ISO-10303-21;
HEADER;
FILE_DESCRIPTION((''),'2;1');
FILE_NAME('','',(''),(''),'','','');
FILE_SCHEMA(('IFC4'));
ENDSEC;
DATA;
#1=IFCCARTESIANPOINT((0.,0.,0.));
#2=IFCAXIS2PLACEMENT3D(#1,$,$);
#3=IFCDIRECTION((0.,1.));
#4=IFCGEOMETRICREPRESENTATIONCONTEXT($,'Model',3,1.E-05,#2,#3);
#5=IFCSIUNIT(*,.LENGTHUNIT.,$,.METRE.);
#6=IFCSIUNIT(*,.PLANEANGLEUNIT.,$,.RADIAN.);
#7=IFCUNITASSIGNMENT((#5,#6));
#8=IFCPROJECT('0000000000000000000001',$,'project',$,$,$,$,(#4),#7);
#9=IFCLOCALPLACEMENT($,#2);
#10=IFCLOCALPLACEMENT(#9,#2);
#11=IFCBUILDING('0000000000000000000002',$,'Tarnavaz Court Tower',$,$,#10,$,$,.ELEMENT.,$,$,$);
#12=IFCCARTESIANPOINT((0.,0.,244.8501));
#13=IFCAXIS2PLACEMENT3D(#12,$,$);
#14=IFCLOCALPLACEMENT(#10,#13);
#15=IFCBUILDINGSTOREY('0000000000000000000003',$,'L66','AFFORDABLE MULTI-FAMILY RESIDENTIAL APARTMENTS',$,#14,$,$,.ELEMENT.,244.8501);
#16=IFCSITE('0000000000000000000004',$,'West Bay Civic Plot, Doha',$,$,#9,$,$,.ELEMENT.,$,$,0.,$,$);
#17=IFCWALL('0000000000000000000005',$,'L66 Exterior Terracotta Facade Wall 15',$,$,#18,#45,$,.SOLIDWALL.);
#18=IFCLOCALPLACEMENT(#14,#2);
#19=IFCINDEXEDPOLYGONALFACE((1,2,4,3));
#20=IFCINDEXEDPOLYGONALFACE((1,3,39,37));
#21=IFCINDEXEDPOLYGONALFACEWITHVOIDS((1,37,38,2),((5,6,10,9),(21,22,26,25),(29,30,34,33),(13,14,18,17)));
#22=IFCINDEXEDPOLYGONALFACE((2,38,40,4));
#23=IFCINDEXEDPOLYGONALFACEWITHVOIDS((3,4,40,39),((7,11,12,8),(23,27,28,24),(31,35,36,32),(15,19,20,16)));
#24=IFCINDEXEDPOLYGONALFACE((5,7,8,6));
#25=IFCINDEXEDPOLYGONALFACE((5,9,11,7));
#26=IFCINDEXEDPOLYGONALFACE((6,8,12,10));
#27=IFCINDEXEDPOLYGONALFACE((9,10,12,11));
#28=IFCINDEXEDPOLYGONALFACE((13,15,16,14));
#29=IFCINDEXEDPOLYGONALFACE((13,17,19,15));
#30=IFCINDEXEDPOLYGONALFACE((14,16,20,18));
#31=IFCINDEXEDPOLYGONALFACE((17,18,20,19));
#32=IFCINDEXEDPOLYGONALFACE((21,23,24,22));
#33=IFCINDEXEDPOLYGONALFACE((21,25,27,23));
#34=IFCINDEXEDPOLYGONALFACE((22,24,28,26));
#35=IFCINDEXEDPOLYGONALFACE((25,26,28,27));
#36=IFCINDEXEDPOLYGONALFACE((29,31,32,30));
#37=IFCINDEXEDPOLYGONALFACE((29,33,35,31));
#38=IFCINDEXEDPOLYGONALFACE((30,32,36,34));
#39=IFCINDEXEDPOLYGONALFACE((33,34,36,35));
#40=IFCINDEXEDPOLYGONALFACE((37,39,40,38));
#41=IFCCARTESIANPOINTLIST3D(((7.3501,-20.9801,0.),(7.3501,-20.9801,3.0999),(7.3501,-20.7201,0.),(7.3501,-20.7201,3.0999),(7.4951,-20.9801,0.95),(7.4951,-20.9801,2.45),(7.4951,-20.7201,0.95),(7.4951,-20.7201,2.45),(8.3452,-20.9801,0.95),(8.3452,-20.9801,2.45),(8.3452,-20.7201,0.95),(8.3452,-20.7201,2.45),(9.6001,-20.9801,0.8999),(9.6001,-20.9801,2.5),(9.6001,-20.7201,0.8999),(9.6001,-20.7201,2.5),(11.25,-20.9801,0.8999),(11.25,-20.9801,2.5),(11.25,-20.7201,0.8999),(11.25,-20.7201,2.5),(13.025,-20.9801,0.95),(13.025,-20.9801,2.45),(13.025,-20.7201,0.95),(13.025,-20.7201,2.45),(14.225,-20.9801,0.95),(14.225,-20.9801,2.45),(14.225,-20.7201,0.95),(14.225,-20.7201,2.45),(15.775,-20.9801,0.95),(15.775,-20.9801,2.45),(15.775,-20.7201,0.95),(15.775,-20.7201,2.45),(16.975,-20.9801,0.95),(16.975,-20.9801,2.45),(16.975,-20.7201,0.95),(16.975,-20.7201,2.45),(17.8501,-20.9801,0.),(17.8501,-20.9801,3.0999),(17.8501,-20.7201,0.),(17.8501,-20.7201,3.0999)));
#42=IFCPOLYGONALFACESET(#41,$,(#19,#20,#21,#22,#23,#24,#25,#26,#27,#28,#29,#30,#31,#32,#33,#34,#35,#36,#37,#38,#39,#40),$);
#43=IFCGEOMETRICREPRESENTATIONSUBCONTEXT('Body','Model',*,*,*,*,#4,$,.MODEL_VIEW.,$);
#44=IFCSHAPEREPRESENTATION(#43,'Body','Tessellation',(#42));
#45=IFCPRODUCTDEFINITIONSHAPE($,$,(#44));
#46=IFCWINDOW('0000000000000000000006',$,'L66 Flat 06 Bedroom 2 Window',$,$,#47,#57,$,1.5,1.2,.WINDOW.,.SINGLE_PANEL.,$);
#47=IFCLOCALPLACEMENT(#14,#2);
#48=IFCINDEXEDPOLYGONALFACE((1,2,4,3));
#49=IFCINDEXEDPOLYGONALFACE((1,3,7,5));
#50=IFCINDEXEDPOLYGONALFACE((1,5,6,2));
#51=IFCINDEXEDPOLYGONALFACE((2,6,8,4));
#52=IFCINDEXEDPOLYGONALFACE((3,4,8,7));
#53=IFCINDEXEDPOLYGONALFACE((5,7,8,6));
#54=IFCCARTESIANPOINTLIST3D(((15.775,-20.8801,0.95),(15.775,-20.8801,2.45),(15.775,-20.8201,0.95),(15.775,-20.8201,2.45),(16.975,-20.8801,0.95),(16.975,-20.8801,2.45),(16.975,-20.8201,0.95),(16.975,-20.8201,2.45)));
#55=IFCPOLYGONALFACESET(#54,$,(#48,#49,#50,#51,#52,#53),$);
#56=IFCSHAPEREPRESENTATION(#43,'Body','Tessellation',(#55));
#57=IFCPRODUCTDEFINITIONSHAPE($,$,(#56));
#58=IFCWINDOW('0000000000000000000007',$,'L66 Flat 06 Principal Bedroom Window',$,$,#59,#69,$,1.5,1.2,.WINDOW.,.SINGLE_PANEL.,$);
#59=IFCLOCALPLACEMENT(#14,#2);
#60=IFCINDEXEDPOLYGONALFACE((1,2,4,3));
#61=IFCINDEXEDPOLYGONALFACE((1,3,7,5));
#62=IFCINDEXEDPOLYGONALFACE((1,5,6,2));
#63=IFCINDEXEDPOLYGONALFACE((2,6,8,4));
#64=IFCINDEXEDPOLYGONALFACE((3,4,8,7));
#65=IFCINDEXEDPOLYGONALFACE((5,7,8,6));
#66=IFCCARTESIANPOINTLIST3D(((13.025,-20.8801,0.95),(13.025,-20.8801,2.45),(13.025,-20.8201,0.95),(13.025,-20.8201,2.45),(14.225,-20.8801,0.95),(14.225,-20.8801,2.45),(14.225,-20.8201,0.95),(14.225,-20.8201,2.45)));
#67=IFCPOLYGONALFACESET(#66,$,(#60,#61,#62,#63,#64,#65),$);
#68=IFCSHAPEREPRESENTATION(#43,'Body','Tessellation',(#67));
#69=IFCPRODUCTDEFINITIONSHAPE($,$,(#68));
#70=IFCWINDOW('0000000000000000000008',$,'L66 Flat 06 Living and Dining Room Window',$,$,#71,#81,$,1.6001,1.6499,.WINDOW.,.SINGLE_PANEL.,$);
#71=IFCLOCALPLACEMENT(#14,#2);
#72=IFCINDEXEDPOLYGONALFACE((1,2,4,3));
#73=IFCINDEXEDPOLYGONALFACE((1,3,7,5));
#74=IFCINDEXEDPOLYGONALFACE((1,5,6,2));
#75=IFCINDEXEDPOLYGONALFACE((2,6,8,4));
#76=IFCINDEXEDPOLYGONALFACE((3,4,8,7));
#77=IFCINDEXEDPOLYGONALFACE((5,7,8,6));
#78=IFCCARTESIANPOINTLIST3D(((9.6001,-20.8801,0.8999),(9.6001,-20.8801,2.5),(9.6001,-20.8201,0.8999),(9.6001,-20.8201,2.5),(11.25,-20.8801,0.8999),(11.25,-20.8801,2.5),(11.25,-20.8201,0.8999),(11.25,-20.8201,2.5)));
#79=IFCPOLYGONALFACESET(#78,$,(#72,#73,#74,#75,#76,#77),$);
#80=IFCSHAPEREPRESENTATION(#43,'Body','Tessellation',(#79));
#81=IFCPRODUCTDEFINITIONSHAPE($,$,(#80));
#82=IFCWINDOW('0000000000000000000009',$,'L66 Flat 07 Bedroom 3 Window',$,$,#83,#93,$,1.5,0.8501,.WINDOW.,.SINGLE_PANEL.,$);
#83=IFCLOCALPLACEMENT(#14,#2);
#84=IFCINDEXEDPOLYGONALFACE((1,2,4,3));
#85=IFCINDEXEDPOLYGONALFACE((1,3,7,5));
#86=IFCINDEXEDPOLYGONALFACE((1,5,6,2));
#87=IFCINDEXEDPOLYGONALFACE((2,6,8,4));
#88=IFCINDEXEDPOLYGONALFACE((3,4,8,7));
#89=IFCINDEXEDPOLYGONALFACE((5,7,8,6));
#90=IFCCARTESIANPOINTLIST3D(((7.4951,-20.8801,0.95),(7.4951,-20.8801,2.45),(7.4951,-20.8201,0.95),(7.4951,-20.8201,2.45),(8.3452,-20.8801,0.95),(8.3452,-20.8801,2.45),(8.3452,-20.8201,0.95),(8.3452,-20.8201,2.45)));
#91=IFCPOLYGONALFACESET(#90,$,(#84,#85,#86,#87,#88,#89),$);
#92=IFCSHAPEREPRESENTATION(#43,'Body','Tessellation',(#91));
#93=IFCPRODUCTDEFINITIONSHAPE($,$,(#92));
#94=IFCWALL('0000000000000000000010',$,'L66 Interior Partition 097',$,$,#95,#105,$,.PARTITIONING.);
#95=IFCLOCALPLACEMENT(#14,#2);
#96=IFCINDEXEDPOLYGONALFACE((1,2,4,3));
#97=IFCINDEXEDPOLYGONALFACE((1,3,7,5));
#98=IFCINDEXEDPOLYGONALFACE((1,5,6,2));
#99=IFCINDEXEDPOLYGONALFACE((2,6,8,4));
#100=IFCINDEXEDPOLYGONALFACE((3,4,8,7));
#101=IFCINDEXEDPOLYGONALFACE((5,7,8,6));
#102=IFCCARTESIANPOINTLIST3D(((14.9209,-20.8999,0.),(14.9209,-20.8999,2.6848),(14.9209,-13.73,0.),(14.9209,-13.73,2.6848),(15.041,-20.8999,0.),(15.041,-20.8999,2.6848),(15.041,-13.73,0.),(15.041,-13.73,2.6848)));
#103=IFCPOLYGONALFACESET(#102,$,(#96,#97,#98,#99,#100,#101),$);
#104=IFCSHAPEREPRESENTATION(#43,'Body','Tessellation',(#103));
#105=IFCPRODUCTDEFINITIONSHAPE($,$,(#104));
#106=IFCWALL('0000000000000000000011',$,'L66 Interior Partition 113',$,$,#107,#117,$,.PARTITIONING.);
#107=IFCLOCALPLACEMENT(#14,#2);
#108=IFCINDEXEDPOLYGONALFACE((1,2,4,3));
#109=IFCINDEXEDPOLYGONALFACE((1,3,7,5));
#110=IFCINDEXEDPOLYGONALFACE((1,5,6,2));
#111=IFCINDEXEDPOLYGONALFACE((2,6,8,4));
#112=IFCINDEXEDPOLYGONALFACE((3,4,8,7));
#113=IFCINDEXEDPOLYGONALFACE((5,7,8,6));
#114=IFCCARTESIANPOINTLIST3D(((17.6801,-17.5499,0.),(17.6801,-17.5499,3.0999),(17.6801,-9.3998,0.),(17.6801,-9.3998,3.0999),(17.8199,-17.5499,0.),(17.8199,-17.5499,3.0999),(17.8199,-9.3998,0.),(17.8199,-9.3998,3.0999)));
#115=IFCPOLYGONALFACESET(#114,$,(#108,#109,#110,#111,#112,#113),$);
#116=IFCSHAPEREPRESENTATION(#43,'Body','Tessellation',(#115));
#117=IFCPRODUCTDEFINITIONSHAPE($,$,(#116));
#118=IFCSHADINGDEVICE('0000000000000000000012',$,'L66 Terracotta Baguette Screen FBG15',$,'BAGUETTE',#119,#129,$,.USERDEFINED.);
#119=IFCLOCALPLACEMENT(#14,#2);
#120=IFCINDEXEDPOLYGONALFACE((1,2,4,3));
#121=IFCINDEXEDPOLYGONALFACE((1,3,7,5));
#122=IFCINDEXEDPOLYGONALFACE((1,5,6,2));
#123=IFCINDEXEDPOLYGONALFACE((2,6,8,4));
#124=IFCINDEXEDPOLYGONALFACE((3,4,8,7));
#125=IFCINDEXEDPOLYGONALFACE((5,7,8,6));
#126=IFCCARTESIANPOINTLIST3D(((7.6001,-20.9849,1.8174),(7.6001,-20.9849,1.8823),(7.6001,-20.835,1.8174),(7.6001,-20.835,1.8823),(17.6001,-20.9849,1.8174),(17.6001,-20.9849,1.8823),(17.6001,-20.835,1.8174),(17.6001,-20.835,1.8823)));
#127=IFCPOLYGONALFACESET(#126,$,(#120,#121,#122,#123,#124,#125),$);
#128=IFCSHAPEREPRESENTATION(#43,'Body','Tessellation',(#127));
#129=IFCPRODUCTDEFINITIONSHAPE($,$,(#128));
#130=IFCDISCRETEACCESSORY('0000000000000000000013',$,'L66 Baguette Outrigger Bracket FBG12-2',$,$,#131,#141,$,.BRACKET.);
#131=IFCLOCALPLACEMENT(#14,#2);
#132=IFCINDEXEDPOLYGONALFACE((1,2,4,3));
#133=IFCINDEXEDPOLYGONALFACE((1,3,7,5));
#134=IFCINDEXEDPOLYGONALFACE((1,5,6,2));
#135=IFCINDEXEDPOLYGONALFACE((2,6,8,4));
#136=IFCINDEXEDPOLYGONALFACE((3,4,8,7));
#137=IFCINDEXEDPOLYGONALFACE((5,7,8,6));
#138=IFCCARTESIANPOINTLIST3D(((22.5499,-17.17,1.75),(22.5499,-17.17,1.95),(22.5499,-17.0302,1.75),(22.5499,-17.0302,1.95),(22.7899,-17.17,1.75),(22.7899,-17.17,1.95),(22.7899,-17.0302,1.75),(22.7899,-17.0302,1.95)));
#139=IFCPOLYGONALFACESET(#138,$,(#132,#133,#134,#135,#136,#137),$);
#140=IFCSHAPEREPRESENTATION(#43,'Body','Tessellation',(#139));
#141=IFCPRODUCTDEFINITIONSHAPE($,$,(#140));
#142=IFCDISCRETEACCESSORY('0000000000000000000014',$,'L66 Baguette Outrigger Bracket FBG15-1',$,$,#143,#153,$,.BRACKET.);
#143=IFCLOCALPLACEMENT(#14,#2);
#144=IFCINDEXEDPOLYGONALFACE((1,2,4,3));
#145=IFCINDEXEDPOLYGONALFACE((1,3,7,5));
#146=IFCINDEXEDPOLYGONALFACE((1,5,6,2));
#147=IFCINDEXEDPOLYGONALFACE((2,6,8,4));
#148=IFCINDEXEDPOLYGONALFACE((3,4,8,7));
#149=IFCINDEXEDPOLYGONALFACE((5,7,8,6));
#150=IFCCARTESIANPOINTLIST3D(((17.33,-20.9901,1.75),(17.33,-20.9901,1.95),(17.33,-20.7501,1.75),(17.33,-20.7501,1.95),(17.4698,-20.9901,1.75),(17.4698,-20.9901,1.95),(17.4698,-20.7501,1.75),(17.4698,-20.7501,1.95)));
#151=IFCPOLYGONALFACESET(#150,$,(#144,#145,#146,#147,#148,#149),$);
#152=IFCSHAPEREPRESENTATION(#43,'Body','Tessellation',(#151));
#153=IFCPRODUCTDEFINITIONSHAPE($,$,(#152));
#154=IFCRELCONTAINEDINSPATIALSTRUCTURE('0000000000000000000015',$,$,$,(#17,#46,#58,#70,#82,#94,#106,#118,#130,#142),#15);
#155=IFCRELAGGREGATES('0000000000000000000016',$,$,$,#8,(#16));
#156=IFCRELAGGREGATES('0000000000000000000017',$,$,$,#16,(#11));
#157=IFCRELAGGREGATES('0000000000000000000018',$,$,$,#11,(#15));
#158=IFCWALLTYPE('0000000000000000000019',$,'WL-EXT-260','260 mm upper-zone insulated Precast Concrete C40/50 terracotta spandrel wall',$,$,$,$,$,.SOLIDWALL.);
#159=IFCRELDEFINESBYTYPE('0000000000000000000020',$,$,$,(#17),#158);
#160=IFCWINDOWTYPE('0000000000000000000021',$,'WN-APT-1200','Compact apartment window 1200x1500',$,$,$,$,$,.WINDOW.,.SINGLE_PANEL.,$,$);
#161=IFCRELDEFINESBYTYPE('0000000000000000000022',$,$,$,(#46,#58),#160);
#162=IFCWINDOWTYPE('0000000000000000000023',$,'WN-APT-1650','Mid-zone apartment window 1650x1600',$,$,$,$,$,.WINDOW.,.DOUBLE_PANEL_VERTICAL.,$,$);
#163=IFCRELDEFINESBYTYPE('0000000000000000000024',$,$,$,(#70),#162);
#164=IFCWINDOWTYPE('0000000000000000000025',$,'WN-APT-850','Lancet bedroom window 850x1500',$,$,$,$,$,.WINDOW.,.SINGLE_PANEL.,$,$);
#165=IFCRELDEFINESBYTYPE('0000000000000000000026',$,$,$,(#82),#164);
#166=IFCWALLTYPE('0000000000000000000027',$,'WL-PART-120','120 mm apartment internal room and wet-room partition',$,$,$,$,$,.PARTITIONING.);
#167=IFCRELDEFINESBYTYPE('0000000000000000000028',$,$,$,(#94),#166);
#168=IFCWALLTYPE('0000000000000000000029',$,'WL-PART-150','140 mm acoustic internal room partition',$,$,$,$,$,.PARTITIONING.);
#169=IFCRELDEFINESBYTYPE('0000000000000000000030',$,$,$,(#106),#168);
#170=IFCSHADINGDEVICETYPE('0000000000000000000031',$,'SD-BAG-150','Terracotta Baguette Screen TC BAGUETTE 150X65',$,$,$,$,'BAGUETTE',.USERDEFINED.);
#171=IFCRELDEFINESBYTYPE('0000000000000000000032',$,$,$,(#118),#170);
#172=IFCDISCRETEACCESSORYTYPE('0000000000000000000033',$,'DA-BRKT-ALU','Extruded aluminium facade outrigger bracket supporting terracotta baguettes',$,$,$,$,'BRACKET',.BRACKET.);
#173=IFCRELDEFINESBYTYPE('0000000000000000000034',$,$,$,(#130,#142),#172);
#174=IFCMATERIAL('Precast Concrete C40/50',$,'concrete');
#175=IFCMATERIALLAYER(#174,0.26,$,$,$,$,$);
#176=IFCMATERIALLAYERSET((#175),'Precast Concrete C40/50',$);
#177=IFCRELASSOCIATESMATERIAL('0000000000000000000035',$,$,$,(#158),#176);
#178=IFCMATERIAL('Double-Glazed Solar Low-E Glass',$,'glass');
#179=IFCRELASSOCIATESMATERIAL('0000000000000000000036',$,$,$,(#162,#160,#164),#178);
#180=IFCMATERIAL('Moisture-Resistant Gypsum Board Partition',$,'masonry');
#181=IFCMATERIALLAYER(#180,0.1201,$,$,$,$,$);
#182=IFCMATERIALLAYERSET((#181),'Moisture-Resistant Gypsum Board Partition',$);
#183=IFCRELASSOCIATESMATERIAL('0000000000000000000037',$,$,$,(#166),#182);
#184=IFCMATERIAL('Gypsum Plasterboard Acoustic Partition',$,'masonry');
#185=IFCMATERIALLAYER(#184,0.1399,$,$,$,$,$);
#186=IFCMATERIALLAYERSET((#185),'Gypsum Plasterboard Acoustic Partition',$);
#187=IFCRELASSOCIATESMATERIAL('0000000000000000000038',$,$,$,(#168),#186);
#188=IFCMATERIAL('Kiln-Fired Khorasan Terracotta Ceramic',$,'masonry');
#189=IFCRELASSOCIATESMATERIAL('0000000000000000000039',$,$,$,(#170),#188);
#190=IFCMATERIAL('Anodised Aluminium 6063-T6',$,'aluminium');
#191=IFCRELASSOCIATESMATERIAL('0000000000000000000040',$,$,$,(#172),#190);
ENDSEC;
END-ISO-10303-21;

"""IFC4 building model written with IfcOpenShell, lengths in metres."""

from ifc_helpers import new_model, si_unit, direction, frame, frame_2d, origin, origin_2d, place, context, subcontext, project, spatial, rectangle, extrude, material, layer, layer_set, material_profile, profile_set, type_object, element, fill, save


model = new_model("IFC4")

# Units and contexts
model_context = context("Model", 3, precision=1e-05, world=origin(), true_north=direction((0.0, 1.0)))
body_context = subcontext(model_context, "Body", "Model", "MODEL_VIEW")
ifc_project = project(units=[si_unit("LENGTHUNIT", "METRE"), si_unit("PLANEANGLEUNIT", "RADIAN")], contexts=[model_context])

# Site, building, storey
site_placement = place(None, origin())
site = spatial("IfcSite", under=ifc_project, at=site_placement, Name="West Bay Civic Plot, Doha", CompositionType="ELEMENT", RefElevation=0.0)
building_placement = place(site_placement, origin())
building = spatial("IfcBuilding", under=site, at=building_placement, Name="Tarnavaz Court Tower", CompositionType="ELEMENT")
storey_placement = place(building_placement, frame((0.0, 0.0, 244.8501)))
storey = spatial("IfcBuildingStorey", under=building, at=storey_placement, Name="L66", Description="AFFORDABLE MULTI-FAMILY RESIDENTIAL APARTMENTS", CompositionType="ELEMENT", Elevation=244.8501)

# Shared definitions
ifc_material_1 = material(Name="Precast Concrete C40/50", Category="concrete")
ifc_layer_1 = layer(ifc_material_1, 0.26)
ifc_layer_set_1 = layer_set([ifc_layer_1], Name="Precast Concrete C40/50")
wall_type_1 = type_object("IfcWallType", Name="WL-EXT-260", Description="260 mm upper-zone insulated Precast Concrete C40/50 terracotta spandrel wall", PredefinedType="SOLIDWALL", material=ifc_layer_set_1)
ifc_material_2 = material(Name="Double-Glazed Solar Low-E Glass", Category="glass")
window_type_1 = type_object("IfcWindowType", Name="WN-APT-1650", Description="Mid-zone apartment window 1650x1600", PartitioningType="DOUBLE_PANEL_VERTICAL", PredefinedType="WINDOW", material=ifc_material_2)

# Wall, openings, windows
wall_1_placement = place(storey_placement, frame((17.8501, -20.8501, 0.0), z_axis=(0.0, 0.0, 1.0), x_axis=(-1.0, 0.0, 0.0)))
wall_1 = element("IfcWall", 1, at=wall_1_placement, inside=storey, type_object=wall_type_1, Name="L66 Exterior Terracotta Facade Wall 15", PredefinedType="SOLIDWALL", context=body_context, shape_type="SweptSolid", body=[
    extrude(rectangle(XDim=10.5, YDim=0.26, at=frame_2d((5.25, 0.0))), origin(), (0.0, 0.0, 1.0), 3.0999),
])
opening_1_placement = place(wall_1_placement, frame((0.875, 0.0, 0.95)))
opening_1 = element("IfcOpeningElement", 2, at=opening_1_placement, cuts=wall_1, PredefinedType="OPENING", context=body_context, shape_type="SweptSolid", body=[
    extrude(rectangle(XDim=1.2, YDim=1.5, at=frame_2d((0.6001, 0.75))), frame((0.0, 0.1399, 0.0), z_axis=(0.0, -1.0, 0.0), x_axis=(1.0, 0.0, 0.0)), (0.0, 0.0, 1.0), 0.28),
])
opening_2_placement = place(wall_1_placement, frame((3.625, 0.0, 0.95)))
opening_2 = element("IfcOpeningElement", 3, at=opening_2_placement, cuts=wall_1, PredefinedType="OPENING", context=body_context, shape_type="SweptSolid", body=[
    extrude(rectangle(XDim=1.2, YDim=1.5, at=frame_2d((0.6001, 0.75))), frame((0.0, 0.1399, 0.0), z_axis=(0.0, -1.0, 0.0), x_axis=(1.0, 0.0, 0.0)), (0.0, 0.0, 1.0), 0.28),
])
opening_3_placement = place(wall_1_placement, frame((6.6001, 0.0, 0.8999)))
opening_3 = element("IfcOpeningElement", 4, at=opening_3_placement, cuts=wall_1, PredefinedType="OPENING", context=body_context, shape_type="SweptSolid", body=[
    extrude(rectangle(XDim=1.6499, YDim=1.6001, at=frame_2d((0.825, 0.8))), frame((0.0, 0.1399, 0.0), z_axis=(0.0, -1.0, 0.0), x_axis=(1.0, 0.0, 0.0)), (0.0, 0.0, 1.0), 0.28),
])
opening_4_placement = place(wall_1_placement, frame((9.5049, 0.0, 0.95)))
opening_4 = element("IfcOpeningElement", 5, at=opening_4_placement, cuts=wall_1, PredefinedType="OPENING", context=body_context, shape_type="SweptSolid", body=[
    extrude(rectangle(XDim=0.8501, YDim=1.5, at=frame_2d((0.425, 0.75))), frame((0.0, 0.1399, 0.0), z_axis=(0.0, -1.0, 0.0), x_axis=(1.0, 0.0, 0.0)), (0.0, 0.0, 1.0), 0.28),
])
window_type_2 = type_object("IfcWindowType", Name="WN-APT-1200", Description="Compact apartment window 1200x1500", PartitioningType="SINGLE_PANEL", PredefinedType="WINDOW", material=ifc_material_2)
window_1_placement = place(opening_1_placement, origin())
window_1 = element("IfcWindow", 6, at=window_1_placement, inside=storey, type_object=window_type_2, Name="L66 Flat 06 Bedroom 2 Window", OverallHeight=1.5, OverallWidth=1.2, PartitioningType="SINGLE_PANEL", PredefinedType="WINDOW", context=body_context, shape_type="SweptSolid", body=[
    extrude(rectangle(XDim=1.2, YDim=1.5, at=frame_2d((0.6001, 0.75))), frame((0.0, 0.03, 0.0), z_axis=(0.0, -1.0, 0.0), x_axis=(1.0, 0.0, 0.0)), (0.0, 0.0, 1.0), 0.0601),
])
fill(opening_1, window_1)
window_2_placement = place(opening_2_placement, origin())
window_2 = element("IfcWindow", 7, at=window_2_placement, inside=storey, type_object=window_type_2, Name="L66 Flat 06 Principal Bedroom Window", OverallHeight=1.5, OverallWidth=1.2, PartitioningType="SINGLE_PANEL", PredefinedType="WINDOW", context=body_context, shape_type="SweptSolid", body=[
    extrude(rectangle(XDim=1.2, YDim=1.5, at=frame_2d((0.6001, 0.75))), frame((0.0, 0.03, 0.0), z_axis=(0.0, -1.0, 0.0), x_axis=(1.0, 0.0, 0.0)), (0.0, 0.0, 1.0), 0.0601),
])
fill(opening_2, window_2)
window_3_placement = place(opening_3_placement, origin())
window_3 = element("IfcWindow", 8, at=window_3_placement, inside=storey, type_object=window_type_1, Name="L66 Flat 06 Living and Dining Room Window", OverallHeight=1.6001, OverallWidth=1.6499, PartitioningType="SINGLE_PANEL", PredefinedType="WINDOW", context=body_context, shape_type="SweptSolid", body=[
    extrude(rectangle(XDim=1.6499, YDim=1.6001, at=frame_2d((0.825, 0.8))), frame((0.0, 0.03, 0.0), z_axis=(0.0, -1.0, 0.0), x_axis=(1.0, 0.0, 0.0)), (0.0, 0.0, 1.0), 0.0601),
])
fill(opening_3, window_3)
window_type_3 = type_object("IfcWindowType", Name="WN-APT-850", Description="Lancet bedroom window 850x1500", PartitioningType="SINGLE_PANEL", PredefinedType="WINDOW", material=ifc_material_2)
window_4_placement = place(opening_4_placement, origin())
window_4 = element("IfcWindow", 9, at=window_4_placement, inside=storey, type_object=window_type_3, Name="L66 Flat 07 Bedroom 3 Window", OverallHeight=1.5, OverallWidth=0.8501, PartitioningType="SINGLE_PANEL", PredefinedType="WINDOW", context=body_context, shape_type="SweptSolid", body=[
    extrude(rectangle(XDim=0.8501, YDim=1.5, at=frame_2d((0.425, 0.75))), frame((0.0, 0.03, 0.0), z_axis=(0.0, -1.0, 0.0), x_axis=(1.0, 0.0, 0.0)), (0.0, 0.0, 1.0), 0.0601),
])
fill(opening_4, window_4)

# Walls
ifc_material_3 = material(Name="Moisture-Resistant Gypsum Board Partition", Category="masonry")
ifc_layer_2 = layer(ifc_material_3, 0.1201)
ifc_layer_set_2 = layer_set([ifc_layer_2], Name="Moisture-Resistant Gypsum Board Partition")
wall_type_2 = type_object("IfcWallType", Name="WL-PART-120", Description="120 mm apartment internal room and wet-room partition", PredefinedType="PARTITIONING", material=ifc_layer_set_2)
wall_2_placement = place(storey_placement, frame((14.981, -20.8999, 0.0), z_axis=(0.0, 0.0, 1.0), x_axis=(0.0, 1.0, 0.0)))
element("IfcWall", 10, at=wall_2_placement, inside=storey, type_object=wall_type_2, Name="L66 Interior Partition 097", PredefinedType="PARTITIONING", context=body_context, shape_type="SweptSolid", body=[
    extrude(rectangle(XDim=7.1699, YDim=0.1201, at=frame_2d((3.585, 0.0))), origin(), (0.0, 0.0, 1.0), 2.6848),
])
ifc_material_4 = material(Name="Gypsum Plasterboard Acoustic Partition", Category="masonry")
ifc_layer_3 = layer(ifc_material_4, 0.1399)
ifc_layer_set_3 = layer_set([ifc_layer_3], Name="Gypsum Plasterboard Acoustic Partition")
wall_type_3 = type_object("IfcWallType", Name="WL-PART-150", Description="140 mm acoustic internal room partition", PredefinedType="PARTITIONING", material=ifc_layer_set_3)
wall_3_placement = place(storey_placement, frame((17.75, -17.55, 0.0), z_axis=(0.0, 0.0, 1.0), x_axis=(0.0, 1.0, 0.0)))
element("IfcWall", 11, at=wall_3_placement, inside=storey, type_object=wall_type_3, Name="L66 Interior Partition 113", PredefinedType="PARTITIONING", context=body_context, shape_type="SweptSolid", body=[
    extrude(rectangle(XDim=8.1501, YDim=0.1399, at=frame_2d((4.0752, 0.0))), origin(), (0.0, 0.0, 1.0), 3.0999),
])

# Shading device
ifc_material_5 = material(Name="Kiln-Fired Khorasan Terracotta Ceramic", Category="masonry")
ifc_material_profile_1 = material_profile(ifc_material_5, rectangle(XDim=0.1499, YDim=0.0649, at=origin_2d()), Name="TC BAGUETTE 150X65")
ifc_profile_set_1 = profile_set([ifc_material_profile_1], Name="Kiln-Fired Khorasan Terracotta Ceramic")
shading_device_type = type_object("IfcShadingDeviceType", Name="SD-BAG-150", Description="Terracotta Baguette Screen TC BAGUETTE 150X65", ElementType="BAGUETTE", PredefinedType="USERDEFINED", material=ifc_profile_set_1)
shading_device_placement = place(storey_placement, frame((17.6001, -20.9099, 1.8499), z_axis=(-1.0, 0.0, 0.0), x_axis=(0.0, -1.0, 0.0)))
element("IfcShadingDevice", 12, at=shading_device_placement, inside=storey, type_object=shading_device_type, Name="L66 Terracotta Baguette Screen FBG15", ObjectType="BAGUETTE", PredefinedType="USERDEFINED", context=body_context, shape_type="SweptSolid", body=[
    extrude(rectangle(XDim=0.1499, YDim=0.0649, at=origin_2d()), origin(), (0.0, 0.0, 1.0), 10.0),
])

# Discrete accessories
ifc_material_6 = material(Name="Anodised Aluminium 6063-T6", Category="aluminium")
discrete_accessory_type = type_object("IfcDiscreteAccessoryType", Name="DA-BRKT-ALU", Description="Extruded aluminium facade outrigger bracket supporting terracotta baguettes", ElementType="BRACKET", PredefinedType="BRACKET", material=ifc_material_6)
for number, where, z_axis, x_axis, name in (
    (13, (22.6699, -17.1001, 1.75), (0.0, 0.0, 1.0), (0.0, -1.0, 0.0), "L66 Baguette Outrigger Bracket FBG12-2"),
    (14, (17.3999, -20.8701, 1.75), (0.0, 0.0, 1.0), (-1.0, 0.0, 0.0), "L66 Baguette Outrigger Bracket FBG15-1"),
):
    element("IfcDiscreteAccessory", number, at=place(storey_placement, frame(where, z_axis=z_axis, x_axis=x_axis)), inside=storey, type_object=discrete_accessory_type, Name=name, PredefinedType="BRACKET", context=body_context, shape_type="SweptSolid", body=[
        extrude(rectangle(XDim=0.1399, YDim=0.24, at=origin_2d()), origin(), (0.0, 0.0, 1.0), 0.2),
    ])

save(model, "model.ifc")
